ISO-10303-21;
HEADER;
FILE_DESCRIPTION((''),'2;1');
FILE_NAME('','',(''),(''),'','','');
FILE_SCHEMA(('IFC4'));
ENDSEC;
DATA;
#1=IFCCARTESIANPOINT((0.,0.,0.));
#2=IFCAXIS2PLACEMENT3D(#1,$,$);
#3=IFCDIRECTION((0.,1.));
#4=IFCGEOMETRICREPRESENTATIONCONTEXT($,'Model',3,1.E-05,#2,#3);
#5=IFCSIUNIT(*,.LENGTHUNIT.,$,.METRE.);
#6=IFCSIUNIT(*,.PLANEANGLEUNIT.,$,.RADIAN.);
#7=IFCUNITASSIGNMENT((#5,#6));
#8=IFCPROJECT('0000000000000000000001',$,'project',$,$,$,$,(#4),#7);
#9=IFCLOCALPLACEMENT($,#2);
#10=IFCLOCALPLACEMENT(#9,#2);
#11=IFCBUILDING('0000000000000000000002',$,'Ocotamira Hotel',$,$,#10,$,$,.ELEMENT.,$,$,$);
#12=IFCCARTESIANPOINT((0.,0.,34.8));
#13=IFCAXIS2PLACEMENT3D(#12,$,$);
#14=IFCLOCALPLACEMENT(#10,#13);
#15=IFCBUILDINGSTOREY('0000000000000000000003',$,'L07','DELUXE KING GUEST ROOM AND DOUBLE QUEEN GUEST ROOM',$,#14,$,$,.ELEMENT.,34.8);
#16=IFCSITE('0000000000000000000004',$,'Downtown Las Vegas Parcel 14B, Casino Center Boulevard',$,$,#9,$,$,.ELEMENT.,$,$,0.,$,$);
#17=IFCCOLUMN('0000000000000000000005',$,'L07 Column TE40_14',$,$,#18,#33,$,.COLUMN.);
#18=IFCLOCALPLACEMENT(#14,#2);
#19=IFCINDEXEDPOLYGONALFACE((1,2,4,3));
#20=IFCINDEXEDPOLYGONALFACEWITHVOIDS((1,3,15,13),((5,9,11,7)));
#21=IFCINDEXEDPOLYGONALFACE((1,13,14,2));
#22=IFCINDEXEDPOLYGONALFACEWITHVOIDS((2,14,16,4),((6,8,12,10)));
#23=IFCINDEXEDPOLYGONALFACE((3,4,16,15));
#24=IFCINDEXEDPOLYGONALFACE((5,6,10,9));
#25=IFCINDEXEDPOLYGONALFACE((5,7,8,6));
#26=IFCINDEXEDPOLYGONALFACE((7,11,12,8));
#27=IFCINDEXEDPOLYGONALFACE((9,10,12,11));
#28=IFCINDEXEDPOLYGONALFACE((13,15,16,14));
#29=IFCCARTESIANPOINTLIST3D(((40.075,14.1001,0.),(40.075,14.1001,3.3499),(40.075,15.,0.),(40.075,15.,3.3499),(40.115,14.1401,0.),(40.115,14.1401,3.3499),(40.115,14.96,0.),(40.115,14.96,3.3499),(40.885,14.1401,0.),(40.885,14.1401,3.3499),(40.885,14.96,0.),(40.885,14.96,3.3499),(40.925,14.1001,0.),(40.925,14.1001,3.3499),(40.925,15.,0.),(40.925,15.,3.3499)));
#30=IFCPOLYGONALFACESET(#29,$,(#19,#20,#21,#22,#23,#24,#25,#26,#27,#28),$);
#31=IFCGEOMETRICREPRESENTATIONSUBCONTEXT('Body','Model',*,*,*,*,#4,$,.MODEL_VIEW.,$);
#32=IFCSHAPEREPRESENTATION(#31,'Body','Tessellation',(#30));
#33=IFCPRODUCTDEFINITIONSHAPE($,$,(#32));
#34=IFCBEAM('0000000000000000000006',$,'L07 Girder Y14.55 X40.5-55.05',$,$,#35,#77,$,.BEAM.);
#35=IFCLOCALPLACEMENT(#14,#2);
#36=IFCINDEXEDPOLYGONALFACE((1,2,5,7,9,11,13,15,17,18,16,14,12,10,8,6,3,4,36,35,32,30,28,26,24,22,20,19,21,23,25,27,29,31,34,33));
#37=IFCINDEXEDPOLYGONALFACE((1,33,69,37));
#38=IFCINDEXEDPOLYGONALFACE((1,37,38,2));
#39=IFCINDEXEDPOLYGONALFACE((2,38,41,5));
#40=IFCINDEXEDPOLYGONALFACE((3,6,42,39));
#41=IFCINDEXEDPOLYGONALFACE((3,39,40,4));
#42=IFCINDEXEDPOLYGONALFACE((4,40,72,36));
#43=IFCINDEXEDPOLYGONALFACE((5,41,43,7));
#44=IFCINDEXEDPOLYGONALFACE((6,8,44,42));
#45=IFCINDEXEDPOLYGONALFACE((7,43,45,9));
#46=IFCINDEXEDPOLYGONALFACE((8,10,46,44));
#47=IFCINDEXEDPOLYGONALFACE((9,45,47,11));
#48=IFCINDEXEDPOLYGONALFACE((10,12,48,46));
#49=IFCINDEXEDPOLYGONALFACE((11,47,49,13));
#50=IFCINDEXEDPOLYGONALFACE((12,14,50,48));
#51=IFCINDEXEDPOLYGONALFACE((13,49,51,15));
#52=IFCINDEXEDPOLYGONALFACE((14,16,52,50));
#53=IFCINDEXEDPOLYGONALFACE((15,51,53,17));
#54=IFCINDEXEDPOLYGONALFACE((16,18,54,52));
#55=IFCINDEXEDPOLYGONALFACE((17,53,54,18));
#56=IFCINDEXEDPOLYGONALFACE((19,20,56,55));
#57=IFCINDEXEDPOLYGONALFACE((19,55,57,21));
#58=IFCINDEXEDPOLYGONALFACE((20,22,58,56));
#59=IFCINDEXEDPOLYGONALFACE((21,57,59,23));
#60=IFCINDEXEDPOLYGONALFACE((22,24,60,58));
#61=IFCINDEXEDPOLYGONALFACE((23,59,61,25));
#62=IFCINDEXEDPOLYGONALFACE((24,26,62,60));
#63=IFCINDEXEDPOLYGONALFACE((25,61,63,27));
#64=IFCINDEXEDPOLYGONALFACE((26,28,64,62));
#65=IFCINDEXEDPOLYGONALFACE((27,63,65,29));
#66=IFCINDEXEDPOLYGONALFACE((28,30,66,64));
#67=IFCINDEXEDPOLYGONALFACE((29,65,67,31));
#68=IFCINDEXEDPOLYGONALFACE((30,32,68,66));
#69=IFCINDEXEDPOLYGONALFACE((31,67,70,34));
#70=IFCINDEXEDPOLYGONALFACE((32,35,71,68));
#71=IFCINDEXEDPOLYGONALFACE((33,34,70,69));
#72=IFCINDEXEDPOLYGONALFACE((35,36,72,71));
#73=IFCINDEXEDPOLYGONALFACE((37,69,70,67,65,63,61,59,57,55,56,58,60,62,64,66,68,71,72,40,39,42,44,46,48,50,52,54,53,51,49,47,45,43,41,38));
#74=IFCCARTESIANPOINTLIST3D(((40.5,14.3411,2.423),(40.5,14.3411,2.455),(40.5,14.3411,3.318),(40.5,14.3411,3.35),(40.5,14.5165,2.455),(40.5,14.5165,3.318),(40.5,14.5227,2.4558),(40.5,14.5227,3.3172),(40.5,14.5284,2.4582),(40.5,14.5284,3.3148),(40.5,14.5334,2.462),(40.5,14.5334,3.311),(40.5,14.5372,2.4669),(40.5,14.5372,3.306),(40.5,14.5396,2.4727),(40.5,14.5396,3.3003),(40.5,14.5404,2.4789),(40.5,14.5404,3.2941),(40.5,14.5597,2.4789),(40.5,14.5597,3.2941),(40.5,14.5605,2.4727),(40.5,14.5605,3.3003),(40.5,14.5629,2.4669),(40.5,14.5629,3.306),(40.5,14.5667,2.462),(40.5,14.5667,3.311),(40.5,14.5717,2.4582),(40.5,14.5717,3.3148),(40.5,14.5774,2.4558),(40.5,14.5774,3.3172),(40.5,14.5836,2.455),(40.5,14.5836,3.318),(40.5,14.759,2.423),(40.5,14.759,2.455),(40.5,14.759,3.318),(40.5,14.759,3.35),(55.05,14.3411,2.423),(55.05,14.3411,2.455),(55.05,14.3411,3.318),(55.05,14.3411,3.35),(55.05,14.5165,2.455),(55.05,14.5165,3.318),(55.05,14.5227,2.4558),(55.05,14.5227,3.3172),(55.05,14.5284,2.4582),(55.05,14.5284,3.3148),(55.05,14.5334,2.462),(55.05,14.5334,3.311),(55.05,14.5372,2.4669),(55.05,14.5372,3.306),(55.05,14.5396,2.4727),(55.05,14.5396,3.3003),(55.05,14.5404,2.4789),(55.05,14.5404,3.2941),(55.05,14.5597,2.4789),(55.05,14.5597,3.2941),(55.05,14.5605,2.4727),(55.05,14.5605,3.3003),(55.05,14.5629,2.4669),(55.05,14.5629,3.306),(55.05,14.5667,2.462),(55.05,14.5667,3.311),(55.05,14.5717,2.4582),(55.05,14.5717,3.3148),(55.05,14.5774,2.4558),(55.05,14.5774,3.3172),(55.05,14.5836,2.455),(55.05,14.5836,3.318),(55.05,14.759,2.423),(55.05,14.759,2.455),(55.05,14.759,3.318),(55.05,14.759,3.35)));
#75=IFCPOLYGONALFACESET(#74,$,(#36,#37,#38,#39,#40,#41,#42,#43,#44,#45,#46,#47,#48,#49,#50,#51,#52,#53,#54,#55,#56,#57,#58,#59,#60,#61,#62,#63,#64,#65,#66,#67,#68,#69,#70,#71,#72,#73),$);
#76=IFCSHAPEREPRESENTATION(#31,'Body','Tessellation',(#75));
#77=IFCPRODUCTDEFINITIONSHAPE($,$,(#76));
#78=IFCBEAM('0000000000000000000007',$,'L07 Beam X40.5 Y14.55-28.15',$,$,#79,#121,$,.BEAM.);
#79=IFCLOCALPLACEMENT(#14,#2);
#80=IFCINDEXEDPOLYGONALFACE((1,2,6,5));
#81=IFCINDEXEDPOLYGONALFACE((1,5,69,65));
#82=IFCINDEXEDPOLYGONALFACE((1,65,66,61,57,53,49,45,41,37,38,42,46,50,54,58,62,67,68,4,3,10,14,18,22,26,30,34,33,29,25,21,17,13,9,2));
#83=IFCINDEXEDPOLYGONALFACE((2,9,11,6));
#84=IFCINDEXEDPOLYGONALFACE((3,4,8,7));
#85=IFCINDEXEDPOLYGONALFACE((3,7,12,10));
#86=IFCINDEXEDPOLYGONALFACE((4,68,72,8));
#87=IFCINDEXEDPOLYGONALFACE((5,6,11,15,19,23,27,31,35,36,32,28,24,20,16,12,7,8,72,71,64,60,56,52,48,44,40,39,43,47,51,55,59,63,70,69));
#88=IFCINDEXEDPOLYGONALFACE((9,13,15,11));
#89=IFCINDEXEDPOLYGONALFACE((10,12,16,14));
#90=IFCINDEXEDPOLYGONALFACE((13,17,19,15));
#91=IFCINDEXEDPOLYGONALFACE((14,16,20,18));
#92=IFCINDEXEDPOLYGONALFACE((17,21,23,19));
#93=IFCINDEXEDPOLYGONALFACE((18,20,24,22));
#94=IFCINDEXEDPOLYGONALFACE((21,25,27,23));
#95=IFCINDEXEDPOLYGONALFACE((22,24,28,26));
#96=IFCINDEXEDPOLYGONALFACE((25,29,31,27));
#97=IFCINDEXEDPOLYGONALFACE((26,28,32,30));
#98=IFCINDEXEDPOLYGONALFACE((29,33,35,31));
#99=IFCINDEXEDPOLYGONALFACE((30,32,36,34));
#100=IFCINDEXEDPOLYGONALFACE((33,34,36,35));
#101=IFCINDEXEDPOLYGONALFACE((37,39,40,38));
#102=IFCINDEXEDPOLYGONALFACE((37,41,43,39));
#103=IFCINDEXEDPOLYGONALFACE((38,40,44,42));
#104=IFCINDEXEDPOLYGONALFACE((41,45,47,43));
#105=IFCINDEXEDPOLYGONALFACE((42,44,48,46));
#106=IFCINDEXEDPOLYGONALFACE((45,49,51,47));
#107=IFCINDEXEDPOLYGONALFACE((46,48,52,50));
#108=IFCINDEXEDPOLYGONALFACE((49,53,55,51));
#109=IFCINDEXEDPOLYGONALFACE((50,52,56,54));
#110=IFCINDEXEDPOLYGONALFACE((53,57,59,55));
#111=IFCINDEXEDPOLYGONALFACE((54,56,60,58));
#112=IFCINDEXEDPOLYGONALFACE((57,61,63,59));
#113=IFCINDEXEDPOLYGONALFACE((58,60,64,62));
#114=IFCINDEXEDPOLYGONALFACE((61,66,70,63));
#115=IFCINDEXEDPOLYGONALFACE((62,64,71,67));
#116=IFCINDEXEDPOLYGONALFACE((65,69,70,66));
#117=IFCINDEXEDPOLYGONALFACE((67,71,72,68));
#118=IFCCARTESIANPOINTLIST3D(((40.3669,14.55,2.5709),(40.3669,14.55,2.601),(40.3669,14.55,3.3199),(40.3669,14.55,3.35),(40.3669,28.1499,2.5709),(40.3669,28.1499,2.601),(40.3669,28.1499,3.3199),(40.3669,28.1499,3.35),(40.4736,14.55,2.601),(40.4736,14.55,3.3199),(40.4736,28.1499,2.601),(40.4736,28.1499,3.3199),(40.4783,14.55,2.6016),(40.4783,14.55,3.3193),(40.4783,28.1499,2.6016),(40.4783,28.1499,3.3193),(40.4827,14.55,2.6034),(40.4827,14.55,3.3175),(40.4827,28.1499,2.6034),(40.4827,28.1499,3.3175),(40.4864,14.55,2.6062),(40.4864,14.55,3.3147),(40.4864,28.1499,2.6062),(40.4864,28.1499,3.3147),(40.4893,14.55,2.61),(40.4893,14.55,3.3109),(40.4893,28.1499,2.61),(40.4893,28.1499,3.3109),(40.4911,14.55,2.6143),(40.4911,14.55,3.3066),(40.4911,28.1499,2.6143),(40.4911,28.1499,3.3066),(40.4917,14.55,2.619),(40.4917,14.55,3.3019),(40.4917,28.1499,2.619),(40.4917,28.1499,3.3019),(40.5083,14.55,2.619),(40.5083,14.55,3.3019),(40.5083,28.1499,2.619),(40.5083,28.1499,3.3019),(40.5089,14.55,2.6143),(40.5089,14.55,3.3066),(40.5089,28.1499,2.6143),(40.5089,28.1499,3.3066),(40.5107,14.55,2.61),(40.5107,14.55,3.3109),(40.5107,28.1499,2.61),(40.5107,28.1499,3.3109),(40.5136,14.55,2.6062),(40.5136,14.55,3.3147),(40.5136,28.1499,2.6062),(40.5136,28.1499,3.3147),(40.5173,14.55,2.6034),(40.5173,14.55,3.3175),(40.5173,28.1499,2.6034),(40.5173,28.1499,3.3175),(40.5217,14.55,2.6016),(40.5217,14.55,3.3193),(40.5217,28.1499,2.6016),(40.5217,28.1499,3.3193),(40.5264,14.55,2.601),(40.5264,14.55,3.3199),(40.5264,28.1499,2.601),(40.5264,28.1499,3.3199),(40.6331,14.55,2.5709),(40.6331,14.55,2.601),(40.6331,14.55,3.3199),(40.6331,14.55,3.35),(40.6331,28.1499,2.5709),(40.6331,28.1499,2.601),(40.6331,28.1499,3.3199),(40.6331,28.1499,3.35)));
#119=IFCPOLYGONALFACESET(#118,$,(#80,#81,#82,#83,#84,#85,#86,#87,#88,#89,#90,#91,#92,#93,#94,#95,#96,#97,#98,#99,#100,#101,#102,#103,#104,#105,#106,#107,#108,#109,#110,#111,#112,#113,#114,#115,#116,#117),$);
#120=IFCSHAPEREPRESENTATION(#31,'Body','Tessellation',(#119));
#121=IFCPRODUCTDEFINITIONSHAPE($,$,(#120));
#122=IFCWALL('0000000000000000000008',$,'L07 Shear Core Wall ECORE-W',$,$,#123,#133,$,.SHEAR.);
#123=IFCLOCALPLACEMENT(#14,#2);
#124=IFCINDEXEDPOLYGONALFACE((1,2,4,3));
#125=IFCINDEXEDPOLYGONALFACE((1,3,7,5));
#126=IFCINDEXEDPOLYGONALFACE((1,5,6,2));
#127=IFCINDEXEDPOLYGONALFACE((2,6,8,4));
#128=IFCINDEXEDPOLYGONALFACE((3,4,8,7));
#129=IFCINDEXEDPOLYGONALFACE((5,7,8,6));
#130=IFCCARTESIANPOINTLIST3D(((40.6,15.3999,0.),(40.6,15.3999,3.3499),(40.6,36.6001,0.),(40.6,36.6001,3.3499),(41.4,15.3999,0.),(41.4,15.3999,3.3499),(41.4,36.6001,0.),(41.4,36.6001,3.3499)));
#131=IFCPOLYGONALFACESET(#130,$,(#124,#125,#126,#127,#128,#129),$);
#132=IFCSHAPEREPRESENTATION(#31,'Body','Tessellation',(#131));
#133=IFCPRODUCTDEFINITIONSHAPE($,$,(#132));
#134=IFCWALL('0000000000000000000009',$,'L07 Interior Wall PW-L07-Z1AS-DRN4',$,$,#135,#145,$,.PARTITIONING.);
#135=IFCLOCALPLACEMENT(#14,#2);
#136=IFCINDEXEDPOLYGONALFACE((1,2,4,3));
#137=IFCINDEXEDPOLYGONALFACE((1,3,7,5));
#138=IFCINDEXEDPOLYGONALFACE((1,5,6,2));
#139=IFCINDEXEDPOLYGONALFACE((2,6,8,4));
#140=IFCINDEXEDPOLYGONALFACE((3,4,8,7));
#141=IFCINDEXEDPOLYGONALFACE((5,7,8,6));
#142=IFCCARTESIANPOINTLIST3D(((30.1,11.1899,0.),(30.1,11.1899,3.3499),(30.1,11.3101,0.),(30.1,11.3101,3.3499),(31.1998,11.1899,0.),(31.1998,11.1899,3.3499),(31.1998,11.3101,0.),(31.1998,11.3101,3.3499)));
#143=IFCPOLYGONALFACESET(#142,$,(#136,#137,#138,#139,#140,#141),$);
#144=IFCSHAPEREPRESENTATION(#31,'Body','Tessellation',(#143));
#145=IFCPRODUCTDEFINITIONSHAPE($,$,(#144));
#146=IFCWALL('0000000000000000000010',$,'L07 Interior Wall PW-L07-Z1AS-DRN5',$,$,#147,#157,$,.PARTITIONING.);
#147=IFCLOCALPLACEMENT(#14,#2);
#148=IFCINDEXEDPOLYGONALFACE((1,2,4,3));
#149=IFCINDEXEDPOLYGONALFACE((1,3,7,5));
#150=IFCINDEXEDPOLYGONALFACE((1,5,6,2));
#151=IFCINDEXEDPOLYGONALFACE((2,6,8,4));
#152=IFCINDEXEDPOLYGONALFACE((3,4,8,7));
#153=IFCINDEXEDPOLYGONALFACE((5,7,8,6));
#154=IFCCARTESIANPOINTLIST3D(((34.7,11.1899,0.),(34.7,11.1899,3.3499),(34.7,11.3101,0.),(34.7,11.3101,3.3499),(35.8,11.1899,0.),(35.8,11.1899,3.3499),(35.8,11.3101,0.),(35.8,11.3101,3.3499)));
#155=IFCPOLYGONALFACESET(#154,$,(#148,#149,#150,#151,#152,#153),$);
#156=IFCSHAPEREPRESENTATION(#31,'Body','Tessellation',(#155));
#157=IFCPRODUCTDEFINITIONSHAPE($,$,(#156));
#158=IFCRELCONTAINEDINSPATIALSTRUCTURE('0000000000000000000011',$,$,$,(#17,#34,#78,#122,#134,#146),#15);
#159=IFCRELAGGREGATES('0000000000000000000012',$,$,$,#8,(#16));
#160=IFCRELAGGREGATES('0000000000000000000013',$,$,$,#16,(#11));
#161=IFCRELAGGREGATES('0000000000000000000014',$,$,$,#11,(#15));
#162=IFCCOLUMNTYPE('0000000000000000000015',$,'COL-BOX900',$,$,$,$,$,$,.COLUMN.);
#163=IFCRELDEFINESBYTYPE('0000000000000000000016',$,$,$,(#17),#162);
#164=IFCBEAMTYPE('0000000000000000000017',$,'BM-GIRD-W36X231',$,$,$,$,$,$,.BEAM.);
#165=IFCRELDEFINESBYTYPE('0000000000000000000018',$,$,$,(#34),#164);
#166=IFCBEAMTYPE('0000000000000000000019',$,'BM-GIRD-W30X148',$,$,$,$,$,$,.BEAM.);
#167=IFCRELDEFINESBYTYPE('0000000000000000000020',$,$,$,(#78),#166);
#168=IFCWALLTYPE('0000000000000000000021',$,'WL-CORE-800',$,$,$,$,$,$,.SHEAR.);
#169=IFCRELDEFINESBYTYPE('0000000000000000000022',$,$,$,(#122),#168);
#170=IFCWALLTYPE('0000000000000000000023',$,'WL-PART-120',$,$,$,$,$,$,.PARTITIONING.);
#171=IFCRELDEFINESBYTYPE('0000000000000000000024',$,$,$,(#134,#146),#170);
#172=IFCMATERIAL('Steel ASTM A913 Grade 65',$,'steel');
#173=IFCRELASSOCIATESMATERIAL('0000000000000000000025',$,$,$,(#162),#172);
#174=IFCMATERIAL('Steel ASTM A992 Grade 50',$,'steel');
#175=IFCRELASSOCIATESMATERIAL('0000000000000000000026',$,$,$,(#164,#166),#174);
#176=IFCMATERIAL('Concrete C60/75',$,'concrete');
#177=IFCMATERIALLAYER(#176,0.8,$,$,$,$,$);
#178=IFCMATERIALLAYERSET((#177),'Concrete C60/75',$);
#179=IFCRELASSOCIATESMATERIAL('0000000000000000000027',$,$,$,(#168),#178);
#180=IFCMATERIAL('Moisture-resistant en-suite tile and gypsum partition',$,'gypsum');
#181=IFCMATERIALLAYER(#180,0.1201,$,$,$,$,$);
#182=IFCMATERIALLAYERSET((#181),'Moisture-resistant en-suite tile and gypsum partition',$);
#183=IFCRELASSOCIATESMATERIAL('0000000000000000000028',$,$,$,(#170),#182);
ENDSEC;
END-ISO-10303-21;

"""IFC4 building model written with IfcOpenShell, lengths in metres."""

from ifc_helpers import new_model, si_unit, direction, frame, frame_2d, origin, origin_2d, place, context, subcontext, project, spatial, rectangle, hollow_rectangle, i_section, extrude, source, transform, mapped, material, layer, layer_set, material_profile, profile_set, type_object, element, save


model = new_model("IFC4")

# Units and contexts
model_context = context("Model", 3, precision=1e-05, world=origin(), true_north=direction((0.0, 1.0)))
body_context = subcontext(model_context, "Body", "Model", "MODEL_VIEW")
ifc_project = project(units=[si_unit("LENGTHUNIT", "METRE"), si_unit("PLANEANGLEUNIT", "RADIAN")], contexts=[model_context])

# Site, building, storey
site_placement = place(None, origin())
site = spatial("IfcSite", under=ifc_project, at=site_placement, Name="Downtown Las Vegas Parcel 14B, Casino Center Boulevard", CompositionType="ELEMENT", RefElevation=0.0)
building_placement = place(site_placement, origin())
building = spatial("IfcBuilding", under=site, at=building_placement, Name="Ocotamira Hotel", CompositionType="ELEMENT")
storey_placement = place(building_placement, frame((0.0, 0.0, 34.8)))
storey = spatial("IfcBuildingStorey", under=building, at=storey_placement, Name="L07", Description="DELUXE KING GUEST ROOM AND DOUBLE QUEEN GUEST ROOM", CompositionType="ELEMENT", Elevation=34.8)

# Column
ifc_material_1 = material(Name="Steel ASTM A913 Grade 65", Category="steel")
ifc_material_profile_1 = material_profile(ifc_material_1, hollow_rectangle(XDim=0.8501, YDim=0.8999, WallThickness=0.04, at=origin_2d()), Name="BOX900X850X40")
ifc_profile_set_1 = profile_set([ifc_material_profile_1], Name="Steel ASTM A913 Grade 65")
column_type = type_object("IfcColumnType", Name="COL-BOX900", PredefinedType="COLUMN", material=ifc_profile_set_1)
shared_shape_1 = source(origin(), body_context, "Body", "SweptSolid", [
    extrude(hollow_rectangle(XDim=0.8501, YDim=0.8999, WallThickness=0.04, at=origin_2d()), origin(), (0.0, 0.0, 1.0), 3.3499),
])
column_placement = place(storey_placement, frame((40.5, 14.55, 0.0), z_axis=(0.0, 0.0, 1.0), x_axis=(1.0, 0.0, 0.0)))
element("IfcColumn", 1, at=column_placement, inside=storey, type_object=column_type, Name="L07 Column TE40_14", PredefinedType="COLUMN", context=body_context, shape_type="MappedRepresentation", body=[
    mapped(shared_shape_1, transform((0.0, 0.0, 0.0), scale=1.0)),
])

# Beams
ifc_material_2 = material(Name="Steel ASTM A992 Grade 50", Category="steel")
ifc_material_profile_2 = material_profile(ifc_material_2, i_section(OverallWidth=0.418, OverallDepth=0.927, WebThickness=0.0193, FlangeThickness=0.032, FilletRadius=0.0239, at=origin_2d()), Name="W36X231")
ifc_profile_set_2 = profile_set([ifc_material_profile_2], Name="Steel ASTM A992 Grade 50")
beam_type_1 = type_object("IfcBeamType", Name="BM-GIRD-W36X231", PredefinedType="BEAM", material=ifc_profile_set_2)
shared_shape_2 = source(origin(), body_context, "Body", "SweptSolid", [
    extrude(i_section(OverallWidth=0.418, OverallDepth=0.927, WebThickness=0.0193, FlangeThickness=0.032, FilletRadius=0.0239, at=origin_2d()), origin(), (0.0, 0.0, 1.0), 14.55),
])
beam_1_placement = place(storey_placement, frame((40.5, 14.55, 2.8865), z_axis=(1.0, 0.0, 0.0), x_axis=(0.0, 1.0, 0.0)))
element("IfcBeam", 2, at=beam_1_placement, inside=storey, type_object=beam_type_1, Name="L07 Girder Y14.55 X40.5-55.05", PredefinedType="BEAM", context=body_context, shape_type="MappedRepresentation", body=[
    mapped(shared_shape_2, transform((0.0, 0.0, 0.0), scale=1.0)),
])
ifc_material_profile_3 = material_profile(ifc_material_2, i_section(OverallWidth=0.2661, OverallDepth=0.7791, WebThickness=0.0166, FlangeThickness=0.03, FilletRadius=0.0181, at=origin_2d()), Name="W30X148")
ifc_profile_set_3 = profile_set([ifc_material_profile_3], Name="Steel ASTM A992 Grade 50")
beam_type_2 = type_object("IfcBeamType", Name="BM-GIRD-W30X148", PredefinedType="BEAM", material=ifc_profile_set_3)
shared_shape_3 = source(origin(), body_context, "Body", "SweptSolid", [
    extrude(i_section(OverallWidth=0.2661, OverallDepth=0.7791, WebThickness=0.0166, FlangeThickness=0.03, FilletRadius=0.0181, at=origin_2d()), origin(), (0.0, 0.0, 1.0), 13.5999),
])
beam_2_placement = place(storey_placement, frame((40.5, 14.55, 2.9604), z_axis=(0.0, 1.0, 0.0), x_axis=(-1.0, 0.0, 0.0)))
element("IfcBeam", 3, at=beam_2_placement, inside=storey, type_object=beam_type_2, Name="L07 Beam X40.5 Y14.55-28.15", PredefinedType="BEAM", context=body_context, shape_type="MappedRepresentation", body=[
    mapped(shared_shape_3, transform((0.0, 0.0, 0.0), scale=1.0)),
])

# Shared definitions
ifc_material_3 = material(Name="Concrete C60/75", Category="concrete")
ifc_layer_1 = layer(ifc_material_3, 0.8)
ifc_layer_set_1 = layer_set([ifc_layer_1], Name="Concrete C60/75")
wall_type_1 = type_object("IfcWallType", Name="WL-CORE-800", PredefinedType="SHEAR", material=ifc_layer_set_1)

# Walls
wall_1_placement = place(storey_placement, frame((41.0, 15.3999, 0.0), z_axis=(0.0, 0.0, 1.0), x_axis=(0.0, 1.0, 0.0)))
element("IfcWall", 4, at=wall_1_placement, inside=storey, type_object=wall_type_1, Name="L07 Shear Core Wall ECORE-W", PredefinedType="SHEAR", context=body_context, shape_type="SweptSolid", body=[
    extrude(rectangle(XDim=21.2002, YDim=0.8, at=frame_2d((10.6001, 0.0))), origin(), (0.0, 0.0, 1.0), 3.3499),
])
ifc_material_4 = material(Name="Moisture-resistant en-suite tile and gypsum partition", Category="gypsum")
ifc_layer_2 = layer(ifc_material_4, 0.1201)
ifc_layer_set_2 = layer_set([ifc_layer_2], Name="Moisture-resistant en-suite tile and gypsum partition")
wall_type_2 = type_object("IfcWallType", Name="WL-PART-120", PredefinedType="PARTITIONING", material=ifc_layer_set_2)
wall_2_placement = place(storey_placement, frame((30.1001, 11.25, 0.0), z_axis=(0.0, 0.0, 1.0), x_axis=(1.0, 0.0, 0.0)))
element("IfcWall", 5, at=wall_2_placement, inside=storey, type_object=wall_type_2, Name="L07 Interior Wall PW-L07-Z1AS-DRN4", PredefinedType="PARTITIONING", context=body_context, shape_type="SweptSolid", body=[
    extrude(rectangle(XDim=1.0999, YDim=0.1201, at=frame_2d((0.5498, 0.0))), origin(), (0.0, 0.0, 1.0), 3.3499),
])
wall_3_placement = place(storey_placement, frame((34.7, 11.25, 0.0), z_axis=(0.0, 0.0, 1.0), x_axis=(1.0, 0.0, 0.0)))
element("IfcWall", 6, at=wall_3_placement, inside=storey, type_object=wall_type_2, Name="L07 Interior Wall PW-L07-Z1AS-DRN5", PredefinedType="PARTITIONING", context=body_context, shape_type="SweptSolid", body=[
    extrude(rectangle(XDim=1.1001, YDim=0.1201, at=frame_2d((0.55, 0.0))), origin(), (0.0, 0.0, 1.0), 3.3499),
])

save(model, "model.ifc")
